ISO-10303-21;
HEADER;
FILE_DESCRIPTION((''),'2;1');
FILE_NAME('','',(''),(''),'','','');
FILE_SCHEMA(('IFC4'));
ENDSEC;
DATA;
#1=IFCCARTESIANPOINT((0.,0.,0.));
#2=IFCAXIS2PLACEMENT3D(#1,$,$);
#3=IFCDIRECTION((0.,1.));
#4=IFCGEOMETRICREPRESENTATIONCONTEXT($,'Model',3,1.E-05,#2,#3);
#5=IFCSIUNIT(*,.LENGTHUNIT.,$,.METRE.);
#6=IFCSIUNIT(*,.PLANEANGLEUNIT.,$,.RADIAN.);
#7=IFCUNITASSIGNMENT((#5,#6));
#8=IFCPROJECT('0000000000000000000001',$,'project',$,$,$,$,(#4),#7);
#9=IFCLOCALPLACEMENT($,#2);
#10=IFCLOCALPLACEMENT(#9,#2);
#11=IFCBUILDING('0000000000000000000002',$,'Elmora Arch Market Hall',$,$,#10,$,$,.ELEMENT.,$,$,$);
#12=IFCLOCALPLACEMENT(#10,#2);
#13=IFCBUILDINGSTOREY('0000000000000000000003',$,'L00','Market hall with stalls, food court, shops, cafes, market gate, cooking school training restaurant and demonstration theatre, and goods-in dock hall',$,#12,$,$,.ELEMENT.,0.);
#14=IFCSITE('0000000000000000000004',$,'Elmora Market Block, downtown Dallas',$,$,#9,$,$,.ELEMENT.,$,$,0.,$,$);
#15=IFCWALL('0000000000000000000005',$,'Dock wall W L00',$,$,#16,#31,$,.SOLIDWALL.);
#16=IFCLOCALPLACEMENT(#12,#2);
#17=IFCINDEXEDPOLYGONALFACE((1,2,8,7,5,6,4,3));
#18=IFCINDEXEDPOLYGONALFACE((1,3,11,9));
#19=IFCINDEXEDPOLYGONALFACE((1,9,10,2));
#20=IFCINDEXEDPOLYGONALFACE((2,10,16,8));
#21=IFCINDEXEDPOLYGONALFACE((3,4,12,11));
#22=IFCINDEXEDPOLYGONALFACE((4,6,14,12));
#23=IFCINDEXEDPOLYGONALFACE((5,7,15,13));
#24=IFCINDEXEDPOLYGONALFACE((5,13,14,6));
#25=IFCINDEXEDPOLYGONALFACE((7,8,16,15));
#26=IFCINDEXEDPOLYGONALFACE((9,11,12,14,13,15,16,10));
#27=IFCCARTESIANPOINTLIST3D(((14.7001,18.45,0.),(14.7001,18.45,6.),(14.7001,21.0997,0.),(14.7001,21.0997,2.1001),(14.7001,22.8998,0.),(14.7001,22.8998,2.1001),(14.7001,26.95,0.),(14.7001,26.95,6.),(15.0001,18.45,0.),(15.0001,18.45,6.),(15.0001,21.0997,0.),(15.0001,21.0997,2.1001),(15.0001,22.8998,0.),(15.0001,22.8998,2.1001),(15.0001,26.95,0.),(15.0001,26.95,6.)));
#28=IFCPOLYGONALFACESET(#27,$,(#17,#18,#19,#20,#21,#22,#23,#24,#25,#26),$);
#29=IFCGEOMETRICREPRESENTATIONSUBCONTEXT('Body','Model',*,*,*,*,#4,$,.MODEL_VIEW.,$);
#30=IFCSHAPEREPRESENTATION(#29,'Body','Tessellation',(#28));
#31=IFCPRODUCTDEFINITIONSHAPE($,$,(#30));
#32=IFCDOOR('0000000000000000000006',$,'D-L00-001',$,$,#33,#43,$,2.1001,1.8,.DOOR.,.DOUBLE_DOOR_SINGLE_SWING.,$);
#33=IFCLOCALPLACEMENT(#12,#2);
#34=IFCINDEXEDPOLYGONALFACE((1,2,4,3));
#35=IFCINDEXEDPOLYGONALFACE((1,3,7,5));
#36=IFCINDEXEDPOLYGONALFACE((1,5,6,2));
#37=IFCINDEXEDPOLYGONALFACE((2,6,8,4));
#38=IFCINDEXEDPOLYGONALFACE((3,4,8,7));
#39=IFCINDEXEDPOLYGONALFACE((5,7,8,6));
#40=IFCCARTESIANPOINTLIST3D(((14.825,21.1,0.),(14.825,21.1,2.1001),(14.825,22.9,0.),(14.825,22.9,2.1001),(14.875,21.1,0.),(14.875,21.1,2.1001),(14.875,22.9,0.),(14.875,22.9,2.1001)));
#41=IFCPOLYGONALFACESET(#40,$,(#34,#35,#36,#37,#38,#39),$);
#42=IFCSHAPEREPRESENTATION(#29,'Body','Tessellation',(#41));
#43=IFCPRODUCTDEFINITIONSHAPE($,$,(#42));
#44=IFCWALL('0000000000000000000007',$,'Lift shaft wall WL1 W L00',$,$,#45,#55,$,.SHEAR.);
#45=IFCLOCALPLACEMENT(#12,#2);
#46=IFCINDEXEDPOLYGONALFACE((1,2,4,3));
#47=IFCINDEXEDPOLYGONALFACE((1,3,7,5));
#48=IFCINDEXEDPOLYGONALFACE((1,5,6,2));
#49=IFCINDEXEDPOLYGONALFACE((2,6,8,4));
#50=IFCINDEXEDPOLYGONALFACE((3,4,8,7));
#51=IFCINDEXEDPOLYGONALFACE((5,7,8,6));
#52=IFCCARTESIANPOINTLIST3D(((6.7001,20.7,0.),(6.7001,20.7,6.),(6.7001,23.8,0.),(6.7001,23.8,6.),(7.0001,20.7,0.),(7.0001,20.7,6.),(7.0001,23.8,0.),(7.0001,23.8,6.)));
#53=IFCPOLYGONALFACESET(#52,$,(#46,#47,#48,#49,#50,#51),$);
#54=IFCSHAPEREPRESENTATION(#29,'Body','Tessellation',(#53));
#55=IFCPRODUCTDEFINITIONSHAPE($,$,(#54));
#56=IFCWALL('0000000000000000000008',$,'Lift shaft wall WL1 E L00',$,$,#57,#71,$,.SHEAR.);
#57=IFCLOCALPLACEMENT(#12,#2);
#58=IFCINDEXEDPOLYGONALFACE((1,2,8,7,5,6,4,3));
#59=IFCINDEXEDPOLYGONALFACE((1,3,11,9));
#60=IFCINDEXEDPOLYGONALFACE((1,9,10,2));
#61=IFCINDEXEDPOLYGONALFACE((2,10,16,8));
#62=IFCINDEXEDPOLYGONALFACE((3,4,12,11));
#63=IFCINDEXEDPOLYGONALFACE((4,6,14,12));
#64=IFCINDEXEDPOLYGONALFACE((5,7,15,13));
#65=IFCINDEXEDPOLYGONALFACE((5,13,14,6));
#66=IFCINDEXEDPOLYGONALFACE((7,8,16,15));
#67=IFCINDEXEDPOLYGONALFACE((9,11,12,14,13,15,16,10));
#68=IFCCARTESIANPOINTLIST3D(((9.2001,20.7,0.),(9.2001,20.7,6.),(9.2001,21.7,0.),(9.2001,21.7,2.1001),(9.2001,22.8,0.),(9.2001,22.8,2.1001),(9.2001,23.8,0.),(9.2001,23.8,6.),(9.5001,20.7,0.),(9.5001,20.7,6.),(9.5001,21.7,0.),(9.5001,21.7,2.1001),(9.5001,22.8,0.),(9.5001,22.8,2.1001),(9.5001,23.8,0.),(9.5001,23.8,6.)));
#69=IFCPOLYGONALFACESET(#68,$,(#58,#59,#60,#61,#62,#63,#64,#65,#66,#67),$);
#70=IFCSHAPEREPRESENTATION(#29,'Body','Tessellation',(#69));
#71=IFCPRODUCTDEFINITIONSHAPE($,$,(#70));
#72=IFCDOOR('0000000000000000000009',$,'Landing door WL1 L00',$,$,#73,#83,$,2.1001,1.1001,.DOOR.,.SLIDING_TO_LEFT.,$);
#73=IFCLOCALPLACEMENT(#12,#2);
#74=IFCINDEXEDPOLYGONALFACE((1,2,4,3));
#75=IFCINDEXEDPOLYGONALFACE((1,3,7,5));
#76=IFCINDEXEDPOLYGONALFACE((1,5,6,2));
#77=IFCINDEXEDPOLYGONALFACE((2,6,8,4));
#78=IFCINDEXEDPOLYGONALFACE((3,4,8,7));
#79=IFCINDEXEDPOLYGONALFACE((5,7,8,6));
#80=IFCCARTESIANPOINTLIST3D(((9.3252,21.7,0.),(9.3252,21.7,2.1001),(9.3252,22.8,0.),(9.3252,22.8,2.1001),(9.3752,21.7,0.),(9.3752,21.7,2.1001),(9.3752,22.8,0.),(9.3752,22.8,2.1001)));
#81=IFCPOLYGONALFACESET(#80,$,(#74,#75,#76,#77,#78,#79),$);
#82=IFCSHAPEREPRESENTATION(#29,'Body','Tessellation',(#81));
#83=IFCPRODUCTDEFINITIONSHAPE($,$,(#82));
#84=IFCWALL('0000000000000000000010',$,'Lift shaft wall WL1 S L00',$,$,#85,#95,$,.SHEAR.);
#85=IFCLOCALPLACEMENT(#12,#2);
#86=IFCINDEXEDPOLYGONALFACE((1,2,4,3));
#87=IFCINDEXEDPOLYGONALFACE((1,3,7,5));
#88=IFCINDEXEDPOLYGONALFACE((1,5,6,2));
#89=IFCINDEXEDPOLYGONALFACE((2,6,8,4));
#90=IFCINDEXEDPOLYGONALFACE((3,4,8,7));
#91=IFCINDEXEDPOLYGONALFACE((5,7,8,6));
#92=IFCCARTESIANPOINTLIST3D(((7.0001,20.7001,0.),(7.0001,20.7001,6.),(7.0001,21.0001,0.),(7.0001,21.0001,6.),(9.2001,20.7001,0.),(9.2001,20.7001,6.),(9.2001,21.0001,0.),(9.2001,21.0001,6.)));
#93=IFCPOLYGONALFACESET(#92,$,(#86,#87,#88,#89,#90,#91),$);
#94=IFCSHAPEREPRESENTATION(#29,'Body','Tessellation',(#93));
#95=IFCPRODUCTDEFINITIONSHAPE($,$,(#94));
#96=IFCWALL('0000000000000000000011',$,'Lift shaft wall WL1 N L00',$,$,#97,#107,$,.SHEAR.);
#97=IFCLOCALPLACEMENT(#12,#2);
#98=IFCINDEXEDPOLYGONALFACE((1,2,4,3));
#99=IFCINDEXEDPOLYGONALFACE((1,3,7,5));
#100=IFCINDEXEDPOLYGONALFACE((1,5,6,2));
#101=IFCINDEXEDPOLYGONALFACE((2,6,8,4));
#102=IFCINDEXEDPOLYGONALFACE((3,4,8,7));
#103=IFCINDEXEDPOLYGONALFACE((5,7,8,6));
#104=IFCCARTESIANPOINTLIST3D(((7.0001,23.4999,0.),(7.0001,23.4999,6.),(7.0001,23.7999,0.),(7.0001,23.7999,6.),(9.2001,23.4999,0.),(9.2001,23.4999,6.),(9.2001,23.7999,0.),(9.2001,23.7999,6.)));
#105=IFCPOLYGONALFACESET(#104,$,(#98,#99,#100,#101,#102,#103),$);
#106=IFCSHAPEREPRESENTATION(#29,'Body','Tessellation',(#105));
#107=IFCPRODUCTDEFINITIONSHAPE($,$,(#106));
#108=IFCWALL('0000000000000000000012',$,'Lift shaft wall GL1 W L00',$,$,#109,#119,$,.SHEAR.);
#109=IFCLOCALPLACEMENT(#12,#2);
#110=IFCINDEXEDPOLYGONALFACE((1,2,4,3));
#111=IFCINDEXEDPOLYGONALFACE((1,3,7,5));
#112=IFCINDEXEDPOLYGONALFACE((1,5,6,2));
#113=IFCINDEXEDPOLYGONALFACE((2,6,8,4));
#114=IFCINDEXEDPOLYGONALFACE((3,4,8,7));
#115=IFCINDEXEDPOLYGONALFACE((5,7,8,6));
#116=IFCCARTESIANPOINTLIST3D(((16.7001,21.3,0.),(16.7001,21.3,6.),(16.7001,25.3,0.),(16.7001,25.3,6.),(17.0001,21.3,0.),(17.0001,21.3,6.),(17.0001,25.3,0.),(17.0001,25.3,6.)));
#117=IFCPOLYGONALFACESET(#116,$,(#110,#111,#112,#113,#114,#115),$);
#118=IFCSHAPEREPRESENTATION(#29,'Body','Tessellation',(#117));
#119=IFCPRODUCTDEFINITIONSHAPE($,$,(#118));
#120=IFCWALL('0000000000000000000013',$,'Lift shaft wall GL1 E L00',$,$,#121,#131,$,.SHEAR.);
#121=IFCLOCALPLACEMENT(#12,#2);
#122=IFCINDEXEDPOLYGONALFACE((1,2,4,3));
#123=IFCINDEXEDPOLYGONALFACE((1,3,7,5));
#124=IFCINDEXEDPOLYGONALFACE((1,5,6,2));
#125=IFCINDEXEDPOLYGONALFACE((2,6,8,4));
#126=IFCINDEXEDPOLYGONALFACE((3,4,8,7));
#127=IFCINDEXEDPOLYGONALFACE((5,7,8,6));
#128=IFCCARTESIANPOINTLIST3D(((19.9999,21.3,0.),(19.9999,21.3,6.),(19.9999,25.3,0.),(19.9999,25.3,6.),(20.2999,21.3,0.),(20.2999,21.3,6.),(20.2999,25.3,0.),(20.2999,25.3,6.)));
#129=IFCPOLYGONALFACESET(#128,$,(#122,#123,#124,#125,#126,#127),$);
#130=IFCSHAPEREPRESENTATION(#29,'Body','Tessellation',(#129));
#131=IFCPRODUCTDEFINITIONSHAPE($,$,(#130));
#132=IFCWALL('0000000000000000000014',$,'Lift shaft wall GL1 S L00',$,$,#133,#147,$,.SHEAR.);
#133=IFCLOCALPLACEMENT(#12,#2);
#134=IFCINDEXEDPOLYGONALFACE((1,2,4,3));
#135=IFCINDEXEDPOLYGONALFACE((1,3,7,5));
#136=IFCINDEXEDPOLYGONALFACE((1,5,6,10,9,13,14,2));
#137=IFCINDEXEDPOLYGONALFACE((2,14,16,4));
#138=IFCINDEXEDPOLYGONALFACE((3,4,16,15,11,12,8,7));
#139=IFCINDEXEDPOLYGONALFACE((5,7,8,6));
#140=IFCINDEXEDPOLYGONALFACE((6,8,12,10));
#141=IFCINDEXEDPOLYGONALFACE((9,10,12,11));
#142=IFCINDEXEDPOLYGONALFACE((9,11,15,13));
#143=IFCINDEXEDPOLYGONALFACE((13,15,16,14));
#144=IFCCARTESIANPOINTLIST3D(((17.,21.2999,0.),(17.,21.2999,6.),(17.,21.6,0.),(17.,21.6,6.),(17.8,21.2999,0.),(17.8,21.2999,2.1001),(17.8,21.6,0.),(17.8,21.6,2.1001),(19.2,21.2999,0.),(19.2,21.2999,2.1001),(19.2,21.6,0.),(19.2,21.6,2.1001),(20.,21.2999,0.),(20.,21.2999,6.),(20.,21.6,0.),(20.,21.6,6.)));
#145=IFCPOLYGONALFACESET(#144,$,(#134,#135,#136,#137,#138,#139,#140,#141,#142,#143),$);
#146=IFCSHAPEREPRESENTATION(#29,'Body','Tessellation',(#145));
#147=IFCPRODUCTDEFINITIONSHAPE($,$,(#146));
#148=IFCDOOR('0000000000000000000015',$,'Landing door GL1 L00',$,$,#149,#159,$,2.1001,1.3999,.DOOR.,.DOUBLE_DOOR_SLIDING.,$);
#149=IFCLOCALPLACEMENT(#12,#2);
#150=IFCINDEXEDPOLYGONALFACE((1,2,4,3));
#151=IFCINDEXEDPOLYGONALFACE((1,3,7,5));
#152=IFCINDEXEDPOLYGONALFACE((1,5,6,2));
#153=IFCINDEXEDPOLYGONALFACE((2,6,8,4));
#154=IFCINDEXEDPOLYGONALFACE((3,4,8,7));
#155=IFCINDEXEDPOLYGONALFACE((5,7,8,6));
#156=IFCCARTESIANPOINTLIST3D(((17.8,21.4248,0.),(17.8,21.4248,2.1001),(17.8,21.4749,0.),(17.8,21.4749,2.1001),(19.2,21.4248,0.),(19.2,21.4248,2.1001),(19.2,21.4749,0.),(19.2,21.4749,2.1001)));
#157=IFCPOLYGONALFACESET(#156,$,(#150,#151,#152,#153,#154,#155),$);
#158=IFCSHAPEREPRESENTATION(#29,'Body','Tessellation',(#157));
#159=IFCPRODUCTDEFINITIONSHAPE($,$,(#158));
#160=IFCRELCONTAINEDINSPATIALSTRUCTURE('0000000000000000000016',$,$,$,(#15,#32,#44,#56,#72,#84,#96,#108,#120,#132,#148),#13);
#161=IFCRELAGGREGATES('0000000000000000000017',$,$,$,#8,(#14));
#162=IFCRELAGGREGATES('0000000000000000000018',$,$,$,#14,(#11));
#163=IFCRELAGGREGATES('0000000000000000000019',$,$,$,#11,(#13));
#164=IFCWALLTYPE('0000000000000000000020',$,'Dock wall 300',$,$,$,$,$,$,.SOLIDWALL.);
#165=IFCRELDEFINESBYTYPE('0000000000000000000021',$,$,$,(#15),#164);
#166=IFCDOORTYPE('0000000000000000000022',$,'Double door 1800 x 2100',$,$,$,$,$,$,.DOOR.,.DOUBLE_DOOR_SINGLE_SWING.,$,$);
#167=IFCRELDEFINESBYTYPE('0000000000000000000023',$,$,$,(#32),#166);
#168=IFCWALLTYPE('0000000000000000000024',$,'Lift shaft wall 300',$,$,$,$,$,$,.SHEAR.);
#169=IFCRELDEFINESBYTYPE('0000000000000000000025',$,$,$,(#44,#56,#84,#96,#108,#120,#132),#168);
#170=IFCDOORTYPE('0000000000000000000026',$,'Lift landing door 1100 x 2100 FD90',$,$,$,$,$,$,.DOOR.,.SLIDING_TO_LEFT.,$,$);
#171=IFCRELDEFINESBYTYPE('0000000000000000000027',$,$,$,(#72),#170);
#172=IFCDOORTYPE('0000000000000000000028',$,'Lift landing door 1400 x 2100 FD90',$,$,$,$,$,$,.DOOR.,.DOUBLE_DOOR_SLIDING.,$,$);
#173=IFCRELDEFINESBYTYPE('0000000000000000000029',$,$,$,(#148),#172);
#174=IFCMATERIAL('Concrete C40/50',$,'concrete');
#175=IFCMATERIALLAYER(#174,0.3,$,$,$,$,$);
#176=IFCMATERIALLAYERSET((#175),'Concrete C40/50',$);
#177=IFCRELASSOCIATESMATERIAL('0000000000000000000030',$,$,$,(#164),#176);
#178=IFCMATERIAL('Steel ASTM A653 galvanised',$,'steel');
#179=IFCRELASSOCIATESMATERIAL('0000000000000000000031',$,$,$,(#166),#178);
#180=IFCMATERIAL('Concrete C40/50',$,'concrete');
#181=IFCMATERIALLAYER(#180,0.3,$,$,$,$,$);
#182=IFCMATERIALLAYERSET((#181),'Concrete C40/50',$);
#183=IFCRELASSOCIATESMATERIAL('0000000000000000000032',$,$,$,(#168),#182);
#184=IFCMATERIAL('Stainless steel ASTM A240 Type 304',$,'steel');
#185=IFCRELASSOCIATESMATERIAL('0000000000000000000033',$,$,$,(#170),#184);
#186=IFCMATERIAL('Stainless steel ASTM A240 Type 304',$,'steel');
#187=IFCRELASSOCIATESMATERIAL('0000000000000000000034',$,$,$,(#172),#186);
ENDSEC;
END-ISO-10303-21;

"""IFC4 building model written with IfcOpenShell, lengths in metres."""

from ifc_helpers import new_model, si_unit, direction, frame, frame_2d, origin, place, context, subcontext, project, spatial, rectangle, extrude, material, layer, layer_set, type_object, element, fill, save


model = new_model("IFC4")

# Units and contexts
model_context = context("Model", 3, precision=1e-05, world=origin(), true_north=direction((0.0, 1.0)))
body_context = subcontext(model_context, "Body", "Model", "MODEL_VIEW")
ifc_project = project(units=[si_unit("LENGTHUNIT", "METRE"), si_unit("PLANEANGLEUNIT", "RADIAN")], contexts=[model_context])

# Site, building, storey
site_placement = place(None, origin())
site = spatial("IfcSite", under=ifc_project, at=site_placement, Name="Elmora Market Block, downtown Dallas", CompositionType="ELEMENT", RefElevation=0.0)
building_placement = place(site_placement, origin())
building = spatial("IfcBuilding", under=site, at=building_placement, Name="Elmora Arch Market Hall", CompositionType="ELEMENT")
storey_placement = place(building_placement, origin())
storey = spatial("IfcBuildingStorey", under=building, at=storey_placement, Name="L00", Description="Market hall with stalls, food court, shops, cafes, market gate, cooking school training restaurant and demonstration theatre, and goods-in dock hall", CompositionType="ELEMENT", Elevation=0.0)

# Wall, opening, door
ifc_material_1 = material(Name="Concrete C40/50", Category="concrete")
ifc_layer_1 = layer(ifc_material_1, 0.3)
ifc_layer_set_1 = layer_set([ifc_layer_1], Name="Concrete C40/50")
wall_type_1 = type_object("IfcWallType", Name="Dock wall 300", PredefinedType="SOLIDWALL", material=ifc_layer_set_1)
wall_1_placement = place(storey_placement, frame((14.8501, 18.45, 0.0), z_axis=(0.0, 0.0, 1.0), x_axis=(0.0, 1.0, 0.0)))
wall_1 = element("IfcWall", 1, at=wall_1_placement, inside=storey, type_object=wall_type_1, Name="Dock wall W L00", PredefinedType="SOLIDWALL", context=body_context, shape_type="SweptSolid", body=[
    extrude(rectangle(XDim=8.5, YDim=0.3, at=frame_2d((4.25, 0.0))), origin(), (0.0, 0.0, 1.0), 6.0),
])
opening_1_placement = place(wall_1_placement, frame((2.6499, 0.0, 0.0)))
opening_1 = element("IfcOpeningElement", 2, at=opening_1_placement, cuts=wall_1, PredefinedType="OPENING", context=body_context, shape_type="SweptSolid", body=[
    extrude(rectangle(XDim=1.8, YDim=2.1001, at=frame_2d((0.8999, 1.05))), frame((0.0, 0.1599, 0.0), z_axis=(0.0, -1.0, 0.0), x_axis=(1.0, 0.0, 0.0)), (0.0, 0.0, 1.0), 0.3201),
])
ifc_material_2 = material(Name="Steel ASTM A653 galvanised", Category="steel")
door_type_1 = type_object("IfcDoorType", Name="Double door 1800 x 2100", OperationType="DOUBLE_DOOR_SINGLE_SWING", PredefinedType="DOOR", material=ifc_material_2)
door_1_placement = place(opening_1_placement, frame((1.8, 0.0, 0.0), z_axis=(0.0, 0.0, 1.0), x_axis=(-1.0, 0.0, 0.0)))
door_1 = element("IfcDoor", 3, at=door_1_placement, inside=storey, type_object=door_type_1, Name="D-L00-001", OperationType="DOUBLE_DOOR_SINGLE_SWING", OverallHeight=2.1001, OverallWidth=1.8, PredefinedType="DOOR", context=body_context, shape_type="SweptSolid", body=[
    extrude(rectangle(XDim=1.8, YDim=2.1001, at=frame_2d((0.8999, 1.05))), frame((0.0, 0.0249, 0.0), z_axis=(0.0, -1.0, 0.0), x_axis=(1.0, 0.0, 0.0)), (0.0, 0.0, 1.0), 0.05),
])
fill(opening_1, door_1)

# Wall
ifc_material_3 = material(Name="Concrete C40/50", Category="concrete")
ifc_layer_2 = layer(ifc_material_3, 0.3)
ifc_layer_set_2 = layer_set([ifc_layer_2], Name="Concrete C40/50")
wall_type_2 = type_object("IfcWallType", Name="Lift shaft wall 300", PredefinedType="SHEAR", material=ifc_layer_set_2)
wall_2_placement = place(storey_placement, frame((6.8501, 20.7, 0.0), z_axis=(0.0, 0.0, 1.0), x_axis=(0.0, 1.0, 0.0)))
element("IfcWall", 4, at=wall_2_placement, inside=storey, type_object=wall_type_2, Name="Lift shaft wall WL1 W L00", PredefinedType="SHEAR", context=body_context, shape_type="SweptSolid", body=[
    extrude(rectangle(XDim=3.1001, YDim=0.3, at=frame_2d((1.55, 0.0))), origin(), (0.0, 0.0, 1.0), 6.0),
])

# Wall, opening, door
wall_3_placement = place(storey_placement, frame((9.3501, 20.7, 0.0), z_axis=(0.0, 0.0, 1.0), x_axis=(0.0, 1.0, 0.0)))
wall_3 = element("IfcWall", 5, at=wall_3_placement, inside=storey, type_object=wall_type_2, Name="Lift shaft wall WL1 E L00", PredefinedType="SHEAR", context=body_context, shape_type="SweptSolid", body=[
    extrude(rectangle(XDim=3.1001, YDim=0.3, at=frame_2d((1.55, 0.0))), origin(), (0.0, 0.0, 1.0), 6.0),
])
opening_2_placement = place(wall_3_placement, frame((1.0, 0.0, 0.0)))
opening_2 = element("IfcOpeningElement", 6, at=opening_2_placement, cuts=wall_3, PredefinedType="OPENING", context=body_context, shape_type="SweptSolid", body=[
    extrude(rectangle(XDim=1.1001, YDim=2.1001, at=frame_2d((0.55, 1.05))), frame((0.0, 0.1599, 0.0), z_axis=(0.0, -1.0, 0.0), x_axis=(1.0, 0.0, 0.0)), (0.0, 0.0, 1.0), 0.3201),
])
ifc_material_4 = material(Name="Stainless steel ASTM A240 Type 304", Category="steel")
door_type_2 = type_object("IfcDoorType", Name="Lift landing door 1100 x 2100 FD90", OperationType="SLIDING_TO_LEFT", PredefinedType="DOOR", material=ifc_material_4)
door_2_placement = place(opening_2_placement, origin())
door_2 = element("IfcDoor", 7, at=door_2_placement, inside=storey, type_object=door_type_2, Name="Landing door WL1 L00", OperationType="SLIDING_TO_LEFT", OverallHeight=2.1001, OverallWidth=1.1001, PredefinedType="DOOR", context=body_context, shape_type="SweptSolid", body=[
    extrude(rectangle(XDim=1.1001, YDim=2.1001, at=frame_2d((0.55, 1.05))), frame((0.0, 0.0249, 0.0), z_axis=(0.0, -1.0, 0.0), x_axis=(1.0, 0.0, 0.0)), (0.0, 0.0, 1.0), 0.05),
])
fill(opening_2, door_2)

# Walls
for number, where, z_axis, x_axis, name in (
    (8, (7.0, 20.8501, 0.0), (0.0, 0.0, 1.0), (1.0, 0.0, 0.0), "Lift shaft wall WL1 S L00"),
    (9, (7.0, 23.6499, 0.0), (0.0, 0.0, 1.0), (1.0, 0.0, 0.0), "Lift shaft wall WL1 N L00"),
):
    element("IfcWall", number, at=place(storey_placement, frame(where, z_axis=z_axis, x_axis=x_axis)), inside=storey, type_object=wall_type_2, Name=name, PredefinedType="SHEAR", context=body_context, shape_type="SweptSolid", body=[
        extrude(rectangle(XDim=2.2, YDim=0.3, at=frame_2d((1.1001, 0.0))), origin(), (0.0, 0.0, 1.0), 6.0),
    ])
for number, where, z_axis, x_axis, name in (
    (10, (16.8501, 21.3, 0.0), (0.0, 0.0, 1.0), (0.0, 1.0, 0.0), "Lift shaft wall GL1 W L00"),
    (11, (20.1499, 21.3, 0.0), (0.0, 0.0, 1.0), (0.0, 1.0, 0.0), "Lift shaft wall GL1 E L00"),
):
    element("IfcWall", number, at=place(storey_placement, frame(where, z_axis=z_axis, x_axis=x_axis)), inside=storey, type_object=wall_type_2, Name=name, PredefinedType="SHEAR", context=body_context, shape_type="SweptSolid", body=[
        extrude(rectangle(XDim=4.0, YDim=0.3, at=frame_2d((2.0, 0.0))), origin(), (0.0, 0.0, 1.0), 6.0),
    ])

# Wall, opening, door
wall_4_placement = place(storey_placement, frame((17.0, 21.45, 0.0), z_axis=(0.0, 0.0, 1.0), x_axis=(1.0, 0.0, 0.0)))
wall_4 = element("IfcWall", 12, at=wall_4_placement, inside=storey, type_object=wall_type_2, Name="Lift shaft wall GL1 S L00", PredefinedType="SHEAR", context=body_context, shape_type="SweptSolid", body=[
    extrude(rectangle(XDim=3.0, YDim=0.3, at=frame_2d((1.5, 0.0))), origin(), (0.0, 0.0, 1.0), 6.0),
])
opening_3_placement = place(wall_4_placement, frame((0.8, 0.0, 0.0)))
opening_3 = element("IfcOpeningElement", 13, at=opening_3_placement, cuts=wall_4, PredefinedType="OPENING", context=body_context, shape_type="SweptSolid", body=[
    extrude(rectangle(XDim=1.3999, YDim=2.1001, at=frame_2d((0.7, 1.05))), frame((0.0, 0.1599, 0.0), z_axis=(0.0, -1.0, 0.0), x_axis=(1.0, 0.0, 0.0)), (0.0, 0.0, 1.0), 0.3201),
])
ifc_material_5 = material(Name="Stainless steel ASTM A240 Type 304", Category="steel")
door_type_3 = type_object("IfcDoorType", Name="Lift landing door 1400 x 2100 FD90", OperationType="DOUBLE_DOOR_SLIDING", PredefinedType="DOOR", material=ifc_material_5)
door_3_placement = place(opening_3_placement, origin())
door_3 = element("IfcDoor", 14, at=door_3_placement, inside=storey, type_object=door_type_3, Name="Landing door GL1 L00", OperationType="DOUBLE_DOOR_SLIDING", OverallHeight=2.1001, OverallWidth=1.3999, PredefinedType="DOOR", context=body_context, shape_type="SweptSolid", body=[
    extrude(rectangle(XDim=1.3999, YDim=2.1001, at=frame_2d((0.7, 1.05))), frame((0.0, 0.0249, 0.0), z_axis=(0.0, -1.0, 0.0), x_axis=(1.0, 0.0, 0.0)), (0.0, 0.0, 1.0), 0.05),
])
fill(opening_3, door_3)

save(model, "model.ifc")
